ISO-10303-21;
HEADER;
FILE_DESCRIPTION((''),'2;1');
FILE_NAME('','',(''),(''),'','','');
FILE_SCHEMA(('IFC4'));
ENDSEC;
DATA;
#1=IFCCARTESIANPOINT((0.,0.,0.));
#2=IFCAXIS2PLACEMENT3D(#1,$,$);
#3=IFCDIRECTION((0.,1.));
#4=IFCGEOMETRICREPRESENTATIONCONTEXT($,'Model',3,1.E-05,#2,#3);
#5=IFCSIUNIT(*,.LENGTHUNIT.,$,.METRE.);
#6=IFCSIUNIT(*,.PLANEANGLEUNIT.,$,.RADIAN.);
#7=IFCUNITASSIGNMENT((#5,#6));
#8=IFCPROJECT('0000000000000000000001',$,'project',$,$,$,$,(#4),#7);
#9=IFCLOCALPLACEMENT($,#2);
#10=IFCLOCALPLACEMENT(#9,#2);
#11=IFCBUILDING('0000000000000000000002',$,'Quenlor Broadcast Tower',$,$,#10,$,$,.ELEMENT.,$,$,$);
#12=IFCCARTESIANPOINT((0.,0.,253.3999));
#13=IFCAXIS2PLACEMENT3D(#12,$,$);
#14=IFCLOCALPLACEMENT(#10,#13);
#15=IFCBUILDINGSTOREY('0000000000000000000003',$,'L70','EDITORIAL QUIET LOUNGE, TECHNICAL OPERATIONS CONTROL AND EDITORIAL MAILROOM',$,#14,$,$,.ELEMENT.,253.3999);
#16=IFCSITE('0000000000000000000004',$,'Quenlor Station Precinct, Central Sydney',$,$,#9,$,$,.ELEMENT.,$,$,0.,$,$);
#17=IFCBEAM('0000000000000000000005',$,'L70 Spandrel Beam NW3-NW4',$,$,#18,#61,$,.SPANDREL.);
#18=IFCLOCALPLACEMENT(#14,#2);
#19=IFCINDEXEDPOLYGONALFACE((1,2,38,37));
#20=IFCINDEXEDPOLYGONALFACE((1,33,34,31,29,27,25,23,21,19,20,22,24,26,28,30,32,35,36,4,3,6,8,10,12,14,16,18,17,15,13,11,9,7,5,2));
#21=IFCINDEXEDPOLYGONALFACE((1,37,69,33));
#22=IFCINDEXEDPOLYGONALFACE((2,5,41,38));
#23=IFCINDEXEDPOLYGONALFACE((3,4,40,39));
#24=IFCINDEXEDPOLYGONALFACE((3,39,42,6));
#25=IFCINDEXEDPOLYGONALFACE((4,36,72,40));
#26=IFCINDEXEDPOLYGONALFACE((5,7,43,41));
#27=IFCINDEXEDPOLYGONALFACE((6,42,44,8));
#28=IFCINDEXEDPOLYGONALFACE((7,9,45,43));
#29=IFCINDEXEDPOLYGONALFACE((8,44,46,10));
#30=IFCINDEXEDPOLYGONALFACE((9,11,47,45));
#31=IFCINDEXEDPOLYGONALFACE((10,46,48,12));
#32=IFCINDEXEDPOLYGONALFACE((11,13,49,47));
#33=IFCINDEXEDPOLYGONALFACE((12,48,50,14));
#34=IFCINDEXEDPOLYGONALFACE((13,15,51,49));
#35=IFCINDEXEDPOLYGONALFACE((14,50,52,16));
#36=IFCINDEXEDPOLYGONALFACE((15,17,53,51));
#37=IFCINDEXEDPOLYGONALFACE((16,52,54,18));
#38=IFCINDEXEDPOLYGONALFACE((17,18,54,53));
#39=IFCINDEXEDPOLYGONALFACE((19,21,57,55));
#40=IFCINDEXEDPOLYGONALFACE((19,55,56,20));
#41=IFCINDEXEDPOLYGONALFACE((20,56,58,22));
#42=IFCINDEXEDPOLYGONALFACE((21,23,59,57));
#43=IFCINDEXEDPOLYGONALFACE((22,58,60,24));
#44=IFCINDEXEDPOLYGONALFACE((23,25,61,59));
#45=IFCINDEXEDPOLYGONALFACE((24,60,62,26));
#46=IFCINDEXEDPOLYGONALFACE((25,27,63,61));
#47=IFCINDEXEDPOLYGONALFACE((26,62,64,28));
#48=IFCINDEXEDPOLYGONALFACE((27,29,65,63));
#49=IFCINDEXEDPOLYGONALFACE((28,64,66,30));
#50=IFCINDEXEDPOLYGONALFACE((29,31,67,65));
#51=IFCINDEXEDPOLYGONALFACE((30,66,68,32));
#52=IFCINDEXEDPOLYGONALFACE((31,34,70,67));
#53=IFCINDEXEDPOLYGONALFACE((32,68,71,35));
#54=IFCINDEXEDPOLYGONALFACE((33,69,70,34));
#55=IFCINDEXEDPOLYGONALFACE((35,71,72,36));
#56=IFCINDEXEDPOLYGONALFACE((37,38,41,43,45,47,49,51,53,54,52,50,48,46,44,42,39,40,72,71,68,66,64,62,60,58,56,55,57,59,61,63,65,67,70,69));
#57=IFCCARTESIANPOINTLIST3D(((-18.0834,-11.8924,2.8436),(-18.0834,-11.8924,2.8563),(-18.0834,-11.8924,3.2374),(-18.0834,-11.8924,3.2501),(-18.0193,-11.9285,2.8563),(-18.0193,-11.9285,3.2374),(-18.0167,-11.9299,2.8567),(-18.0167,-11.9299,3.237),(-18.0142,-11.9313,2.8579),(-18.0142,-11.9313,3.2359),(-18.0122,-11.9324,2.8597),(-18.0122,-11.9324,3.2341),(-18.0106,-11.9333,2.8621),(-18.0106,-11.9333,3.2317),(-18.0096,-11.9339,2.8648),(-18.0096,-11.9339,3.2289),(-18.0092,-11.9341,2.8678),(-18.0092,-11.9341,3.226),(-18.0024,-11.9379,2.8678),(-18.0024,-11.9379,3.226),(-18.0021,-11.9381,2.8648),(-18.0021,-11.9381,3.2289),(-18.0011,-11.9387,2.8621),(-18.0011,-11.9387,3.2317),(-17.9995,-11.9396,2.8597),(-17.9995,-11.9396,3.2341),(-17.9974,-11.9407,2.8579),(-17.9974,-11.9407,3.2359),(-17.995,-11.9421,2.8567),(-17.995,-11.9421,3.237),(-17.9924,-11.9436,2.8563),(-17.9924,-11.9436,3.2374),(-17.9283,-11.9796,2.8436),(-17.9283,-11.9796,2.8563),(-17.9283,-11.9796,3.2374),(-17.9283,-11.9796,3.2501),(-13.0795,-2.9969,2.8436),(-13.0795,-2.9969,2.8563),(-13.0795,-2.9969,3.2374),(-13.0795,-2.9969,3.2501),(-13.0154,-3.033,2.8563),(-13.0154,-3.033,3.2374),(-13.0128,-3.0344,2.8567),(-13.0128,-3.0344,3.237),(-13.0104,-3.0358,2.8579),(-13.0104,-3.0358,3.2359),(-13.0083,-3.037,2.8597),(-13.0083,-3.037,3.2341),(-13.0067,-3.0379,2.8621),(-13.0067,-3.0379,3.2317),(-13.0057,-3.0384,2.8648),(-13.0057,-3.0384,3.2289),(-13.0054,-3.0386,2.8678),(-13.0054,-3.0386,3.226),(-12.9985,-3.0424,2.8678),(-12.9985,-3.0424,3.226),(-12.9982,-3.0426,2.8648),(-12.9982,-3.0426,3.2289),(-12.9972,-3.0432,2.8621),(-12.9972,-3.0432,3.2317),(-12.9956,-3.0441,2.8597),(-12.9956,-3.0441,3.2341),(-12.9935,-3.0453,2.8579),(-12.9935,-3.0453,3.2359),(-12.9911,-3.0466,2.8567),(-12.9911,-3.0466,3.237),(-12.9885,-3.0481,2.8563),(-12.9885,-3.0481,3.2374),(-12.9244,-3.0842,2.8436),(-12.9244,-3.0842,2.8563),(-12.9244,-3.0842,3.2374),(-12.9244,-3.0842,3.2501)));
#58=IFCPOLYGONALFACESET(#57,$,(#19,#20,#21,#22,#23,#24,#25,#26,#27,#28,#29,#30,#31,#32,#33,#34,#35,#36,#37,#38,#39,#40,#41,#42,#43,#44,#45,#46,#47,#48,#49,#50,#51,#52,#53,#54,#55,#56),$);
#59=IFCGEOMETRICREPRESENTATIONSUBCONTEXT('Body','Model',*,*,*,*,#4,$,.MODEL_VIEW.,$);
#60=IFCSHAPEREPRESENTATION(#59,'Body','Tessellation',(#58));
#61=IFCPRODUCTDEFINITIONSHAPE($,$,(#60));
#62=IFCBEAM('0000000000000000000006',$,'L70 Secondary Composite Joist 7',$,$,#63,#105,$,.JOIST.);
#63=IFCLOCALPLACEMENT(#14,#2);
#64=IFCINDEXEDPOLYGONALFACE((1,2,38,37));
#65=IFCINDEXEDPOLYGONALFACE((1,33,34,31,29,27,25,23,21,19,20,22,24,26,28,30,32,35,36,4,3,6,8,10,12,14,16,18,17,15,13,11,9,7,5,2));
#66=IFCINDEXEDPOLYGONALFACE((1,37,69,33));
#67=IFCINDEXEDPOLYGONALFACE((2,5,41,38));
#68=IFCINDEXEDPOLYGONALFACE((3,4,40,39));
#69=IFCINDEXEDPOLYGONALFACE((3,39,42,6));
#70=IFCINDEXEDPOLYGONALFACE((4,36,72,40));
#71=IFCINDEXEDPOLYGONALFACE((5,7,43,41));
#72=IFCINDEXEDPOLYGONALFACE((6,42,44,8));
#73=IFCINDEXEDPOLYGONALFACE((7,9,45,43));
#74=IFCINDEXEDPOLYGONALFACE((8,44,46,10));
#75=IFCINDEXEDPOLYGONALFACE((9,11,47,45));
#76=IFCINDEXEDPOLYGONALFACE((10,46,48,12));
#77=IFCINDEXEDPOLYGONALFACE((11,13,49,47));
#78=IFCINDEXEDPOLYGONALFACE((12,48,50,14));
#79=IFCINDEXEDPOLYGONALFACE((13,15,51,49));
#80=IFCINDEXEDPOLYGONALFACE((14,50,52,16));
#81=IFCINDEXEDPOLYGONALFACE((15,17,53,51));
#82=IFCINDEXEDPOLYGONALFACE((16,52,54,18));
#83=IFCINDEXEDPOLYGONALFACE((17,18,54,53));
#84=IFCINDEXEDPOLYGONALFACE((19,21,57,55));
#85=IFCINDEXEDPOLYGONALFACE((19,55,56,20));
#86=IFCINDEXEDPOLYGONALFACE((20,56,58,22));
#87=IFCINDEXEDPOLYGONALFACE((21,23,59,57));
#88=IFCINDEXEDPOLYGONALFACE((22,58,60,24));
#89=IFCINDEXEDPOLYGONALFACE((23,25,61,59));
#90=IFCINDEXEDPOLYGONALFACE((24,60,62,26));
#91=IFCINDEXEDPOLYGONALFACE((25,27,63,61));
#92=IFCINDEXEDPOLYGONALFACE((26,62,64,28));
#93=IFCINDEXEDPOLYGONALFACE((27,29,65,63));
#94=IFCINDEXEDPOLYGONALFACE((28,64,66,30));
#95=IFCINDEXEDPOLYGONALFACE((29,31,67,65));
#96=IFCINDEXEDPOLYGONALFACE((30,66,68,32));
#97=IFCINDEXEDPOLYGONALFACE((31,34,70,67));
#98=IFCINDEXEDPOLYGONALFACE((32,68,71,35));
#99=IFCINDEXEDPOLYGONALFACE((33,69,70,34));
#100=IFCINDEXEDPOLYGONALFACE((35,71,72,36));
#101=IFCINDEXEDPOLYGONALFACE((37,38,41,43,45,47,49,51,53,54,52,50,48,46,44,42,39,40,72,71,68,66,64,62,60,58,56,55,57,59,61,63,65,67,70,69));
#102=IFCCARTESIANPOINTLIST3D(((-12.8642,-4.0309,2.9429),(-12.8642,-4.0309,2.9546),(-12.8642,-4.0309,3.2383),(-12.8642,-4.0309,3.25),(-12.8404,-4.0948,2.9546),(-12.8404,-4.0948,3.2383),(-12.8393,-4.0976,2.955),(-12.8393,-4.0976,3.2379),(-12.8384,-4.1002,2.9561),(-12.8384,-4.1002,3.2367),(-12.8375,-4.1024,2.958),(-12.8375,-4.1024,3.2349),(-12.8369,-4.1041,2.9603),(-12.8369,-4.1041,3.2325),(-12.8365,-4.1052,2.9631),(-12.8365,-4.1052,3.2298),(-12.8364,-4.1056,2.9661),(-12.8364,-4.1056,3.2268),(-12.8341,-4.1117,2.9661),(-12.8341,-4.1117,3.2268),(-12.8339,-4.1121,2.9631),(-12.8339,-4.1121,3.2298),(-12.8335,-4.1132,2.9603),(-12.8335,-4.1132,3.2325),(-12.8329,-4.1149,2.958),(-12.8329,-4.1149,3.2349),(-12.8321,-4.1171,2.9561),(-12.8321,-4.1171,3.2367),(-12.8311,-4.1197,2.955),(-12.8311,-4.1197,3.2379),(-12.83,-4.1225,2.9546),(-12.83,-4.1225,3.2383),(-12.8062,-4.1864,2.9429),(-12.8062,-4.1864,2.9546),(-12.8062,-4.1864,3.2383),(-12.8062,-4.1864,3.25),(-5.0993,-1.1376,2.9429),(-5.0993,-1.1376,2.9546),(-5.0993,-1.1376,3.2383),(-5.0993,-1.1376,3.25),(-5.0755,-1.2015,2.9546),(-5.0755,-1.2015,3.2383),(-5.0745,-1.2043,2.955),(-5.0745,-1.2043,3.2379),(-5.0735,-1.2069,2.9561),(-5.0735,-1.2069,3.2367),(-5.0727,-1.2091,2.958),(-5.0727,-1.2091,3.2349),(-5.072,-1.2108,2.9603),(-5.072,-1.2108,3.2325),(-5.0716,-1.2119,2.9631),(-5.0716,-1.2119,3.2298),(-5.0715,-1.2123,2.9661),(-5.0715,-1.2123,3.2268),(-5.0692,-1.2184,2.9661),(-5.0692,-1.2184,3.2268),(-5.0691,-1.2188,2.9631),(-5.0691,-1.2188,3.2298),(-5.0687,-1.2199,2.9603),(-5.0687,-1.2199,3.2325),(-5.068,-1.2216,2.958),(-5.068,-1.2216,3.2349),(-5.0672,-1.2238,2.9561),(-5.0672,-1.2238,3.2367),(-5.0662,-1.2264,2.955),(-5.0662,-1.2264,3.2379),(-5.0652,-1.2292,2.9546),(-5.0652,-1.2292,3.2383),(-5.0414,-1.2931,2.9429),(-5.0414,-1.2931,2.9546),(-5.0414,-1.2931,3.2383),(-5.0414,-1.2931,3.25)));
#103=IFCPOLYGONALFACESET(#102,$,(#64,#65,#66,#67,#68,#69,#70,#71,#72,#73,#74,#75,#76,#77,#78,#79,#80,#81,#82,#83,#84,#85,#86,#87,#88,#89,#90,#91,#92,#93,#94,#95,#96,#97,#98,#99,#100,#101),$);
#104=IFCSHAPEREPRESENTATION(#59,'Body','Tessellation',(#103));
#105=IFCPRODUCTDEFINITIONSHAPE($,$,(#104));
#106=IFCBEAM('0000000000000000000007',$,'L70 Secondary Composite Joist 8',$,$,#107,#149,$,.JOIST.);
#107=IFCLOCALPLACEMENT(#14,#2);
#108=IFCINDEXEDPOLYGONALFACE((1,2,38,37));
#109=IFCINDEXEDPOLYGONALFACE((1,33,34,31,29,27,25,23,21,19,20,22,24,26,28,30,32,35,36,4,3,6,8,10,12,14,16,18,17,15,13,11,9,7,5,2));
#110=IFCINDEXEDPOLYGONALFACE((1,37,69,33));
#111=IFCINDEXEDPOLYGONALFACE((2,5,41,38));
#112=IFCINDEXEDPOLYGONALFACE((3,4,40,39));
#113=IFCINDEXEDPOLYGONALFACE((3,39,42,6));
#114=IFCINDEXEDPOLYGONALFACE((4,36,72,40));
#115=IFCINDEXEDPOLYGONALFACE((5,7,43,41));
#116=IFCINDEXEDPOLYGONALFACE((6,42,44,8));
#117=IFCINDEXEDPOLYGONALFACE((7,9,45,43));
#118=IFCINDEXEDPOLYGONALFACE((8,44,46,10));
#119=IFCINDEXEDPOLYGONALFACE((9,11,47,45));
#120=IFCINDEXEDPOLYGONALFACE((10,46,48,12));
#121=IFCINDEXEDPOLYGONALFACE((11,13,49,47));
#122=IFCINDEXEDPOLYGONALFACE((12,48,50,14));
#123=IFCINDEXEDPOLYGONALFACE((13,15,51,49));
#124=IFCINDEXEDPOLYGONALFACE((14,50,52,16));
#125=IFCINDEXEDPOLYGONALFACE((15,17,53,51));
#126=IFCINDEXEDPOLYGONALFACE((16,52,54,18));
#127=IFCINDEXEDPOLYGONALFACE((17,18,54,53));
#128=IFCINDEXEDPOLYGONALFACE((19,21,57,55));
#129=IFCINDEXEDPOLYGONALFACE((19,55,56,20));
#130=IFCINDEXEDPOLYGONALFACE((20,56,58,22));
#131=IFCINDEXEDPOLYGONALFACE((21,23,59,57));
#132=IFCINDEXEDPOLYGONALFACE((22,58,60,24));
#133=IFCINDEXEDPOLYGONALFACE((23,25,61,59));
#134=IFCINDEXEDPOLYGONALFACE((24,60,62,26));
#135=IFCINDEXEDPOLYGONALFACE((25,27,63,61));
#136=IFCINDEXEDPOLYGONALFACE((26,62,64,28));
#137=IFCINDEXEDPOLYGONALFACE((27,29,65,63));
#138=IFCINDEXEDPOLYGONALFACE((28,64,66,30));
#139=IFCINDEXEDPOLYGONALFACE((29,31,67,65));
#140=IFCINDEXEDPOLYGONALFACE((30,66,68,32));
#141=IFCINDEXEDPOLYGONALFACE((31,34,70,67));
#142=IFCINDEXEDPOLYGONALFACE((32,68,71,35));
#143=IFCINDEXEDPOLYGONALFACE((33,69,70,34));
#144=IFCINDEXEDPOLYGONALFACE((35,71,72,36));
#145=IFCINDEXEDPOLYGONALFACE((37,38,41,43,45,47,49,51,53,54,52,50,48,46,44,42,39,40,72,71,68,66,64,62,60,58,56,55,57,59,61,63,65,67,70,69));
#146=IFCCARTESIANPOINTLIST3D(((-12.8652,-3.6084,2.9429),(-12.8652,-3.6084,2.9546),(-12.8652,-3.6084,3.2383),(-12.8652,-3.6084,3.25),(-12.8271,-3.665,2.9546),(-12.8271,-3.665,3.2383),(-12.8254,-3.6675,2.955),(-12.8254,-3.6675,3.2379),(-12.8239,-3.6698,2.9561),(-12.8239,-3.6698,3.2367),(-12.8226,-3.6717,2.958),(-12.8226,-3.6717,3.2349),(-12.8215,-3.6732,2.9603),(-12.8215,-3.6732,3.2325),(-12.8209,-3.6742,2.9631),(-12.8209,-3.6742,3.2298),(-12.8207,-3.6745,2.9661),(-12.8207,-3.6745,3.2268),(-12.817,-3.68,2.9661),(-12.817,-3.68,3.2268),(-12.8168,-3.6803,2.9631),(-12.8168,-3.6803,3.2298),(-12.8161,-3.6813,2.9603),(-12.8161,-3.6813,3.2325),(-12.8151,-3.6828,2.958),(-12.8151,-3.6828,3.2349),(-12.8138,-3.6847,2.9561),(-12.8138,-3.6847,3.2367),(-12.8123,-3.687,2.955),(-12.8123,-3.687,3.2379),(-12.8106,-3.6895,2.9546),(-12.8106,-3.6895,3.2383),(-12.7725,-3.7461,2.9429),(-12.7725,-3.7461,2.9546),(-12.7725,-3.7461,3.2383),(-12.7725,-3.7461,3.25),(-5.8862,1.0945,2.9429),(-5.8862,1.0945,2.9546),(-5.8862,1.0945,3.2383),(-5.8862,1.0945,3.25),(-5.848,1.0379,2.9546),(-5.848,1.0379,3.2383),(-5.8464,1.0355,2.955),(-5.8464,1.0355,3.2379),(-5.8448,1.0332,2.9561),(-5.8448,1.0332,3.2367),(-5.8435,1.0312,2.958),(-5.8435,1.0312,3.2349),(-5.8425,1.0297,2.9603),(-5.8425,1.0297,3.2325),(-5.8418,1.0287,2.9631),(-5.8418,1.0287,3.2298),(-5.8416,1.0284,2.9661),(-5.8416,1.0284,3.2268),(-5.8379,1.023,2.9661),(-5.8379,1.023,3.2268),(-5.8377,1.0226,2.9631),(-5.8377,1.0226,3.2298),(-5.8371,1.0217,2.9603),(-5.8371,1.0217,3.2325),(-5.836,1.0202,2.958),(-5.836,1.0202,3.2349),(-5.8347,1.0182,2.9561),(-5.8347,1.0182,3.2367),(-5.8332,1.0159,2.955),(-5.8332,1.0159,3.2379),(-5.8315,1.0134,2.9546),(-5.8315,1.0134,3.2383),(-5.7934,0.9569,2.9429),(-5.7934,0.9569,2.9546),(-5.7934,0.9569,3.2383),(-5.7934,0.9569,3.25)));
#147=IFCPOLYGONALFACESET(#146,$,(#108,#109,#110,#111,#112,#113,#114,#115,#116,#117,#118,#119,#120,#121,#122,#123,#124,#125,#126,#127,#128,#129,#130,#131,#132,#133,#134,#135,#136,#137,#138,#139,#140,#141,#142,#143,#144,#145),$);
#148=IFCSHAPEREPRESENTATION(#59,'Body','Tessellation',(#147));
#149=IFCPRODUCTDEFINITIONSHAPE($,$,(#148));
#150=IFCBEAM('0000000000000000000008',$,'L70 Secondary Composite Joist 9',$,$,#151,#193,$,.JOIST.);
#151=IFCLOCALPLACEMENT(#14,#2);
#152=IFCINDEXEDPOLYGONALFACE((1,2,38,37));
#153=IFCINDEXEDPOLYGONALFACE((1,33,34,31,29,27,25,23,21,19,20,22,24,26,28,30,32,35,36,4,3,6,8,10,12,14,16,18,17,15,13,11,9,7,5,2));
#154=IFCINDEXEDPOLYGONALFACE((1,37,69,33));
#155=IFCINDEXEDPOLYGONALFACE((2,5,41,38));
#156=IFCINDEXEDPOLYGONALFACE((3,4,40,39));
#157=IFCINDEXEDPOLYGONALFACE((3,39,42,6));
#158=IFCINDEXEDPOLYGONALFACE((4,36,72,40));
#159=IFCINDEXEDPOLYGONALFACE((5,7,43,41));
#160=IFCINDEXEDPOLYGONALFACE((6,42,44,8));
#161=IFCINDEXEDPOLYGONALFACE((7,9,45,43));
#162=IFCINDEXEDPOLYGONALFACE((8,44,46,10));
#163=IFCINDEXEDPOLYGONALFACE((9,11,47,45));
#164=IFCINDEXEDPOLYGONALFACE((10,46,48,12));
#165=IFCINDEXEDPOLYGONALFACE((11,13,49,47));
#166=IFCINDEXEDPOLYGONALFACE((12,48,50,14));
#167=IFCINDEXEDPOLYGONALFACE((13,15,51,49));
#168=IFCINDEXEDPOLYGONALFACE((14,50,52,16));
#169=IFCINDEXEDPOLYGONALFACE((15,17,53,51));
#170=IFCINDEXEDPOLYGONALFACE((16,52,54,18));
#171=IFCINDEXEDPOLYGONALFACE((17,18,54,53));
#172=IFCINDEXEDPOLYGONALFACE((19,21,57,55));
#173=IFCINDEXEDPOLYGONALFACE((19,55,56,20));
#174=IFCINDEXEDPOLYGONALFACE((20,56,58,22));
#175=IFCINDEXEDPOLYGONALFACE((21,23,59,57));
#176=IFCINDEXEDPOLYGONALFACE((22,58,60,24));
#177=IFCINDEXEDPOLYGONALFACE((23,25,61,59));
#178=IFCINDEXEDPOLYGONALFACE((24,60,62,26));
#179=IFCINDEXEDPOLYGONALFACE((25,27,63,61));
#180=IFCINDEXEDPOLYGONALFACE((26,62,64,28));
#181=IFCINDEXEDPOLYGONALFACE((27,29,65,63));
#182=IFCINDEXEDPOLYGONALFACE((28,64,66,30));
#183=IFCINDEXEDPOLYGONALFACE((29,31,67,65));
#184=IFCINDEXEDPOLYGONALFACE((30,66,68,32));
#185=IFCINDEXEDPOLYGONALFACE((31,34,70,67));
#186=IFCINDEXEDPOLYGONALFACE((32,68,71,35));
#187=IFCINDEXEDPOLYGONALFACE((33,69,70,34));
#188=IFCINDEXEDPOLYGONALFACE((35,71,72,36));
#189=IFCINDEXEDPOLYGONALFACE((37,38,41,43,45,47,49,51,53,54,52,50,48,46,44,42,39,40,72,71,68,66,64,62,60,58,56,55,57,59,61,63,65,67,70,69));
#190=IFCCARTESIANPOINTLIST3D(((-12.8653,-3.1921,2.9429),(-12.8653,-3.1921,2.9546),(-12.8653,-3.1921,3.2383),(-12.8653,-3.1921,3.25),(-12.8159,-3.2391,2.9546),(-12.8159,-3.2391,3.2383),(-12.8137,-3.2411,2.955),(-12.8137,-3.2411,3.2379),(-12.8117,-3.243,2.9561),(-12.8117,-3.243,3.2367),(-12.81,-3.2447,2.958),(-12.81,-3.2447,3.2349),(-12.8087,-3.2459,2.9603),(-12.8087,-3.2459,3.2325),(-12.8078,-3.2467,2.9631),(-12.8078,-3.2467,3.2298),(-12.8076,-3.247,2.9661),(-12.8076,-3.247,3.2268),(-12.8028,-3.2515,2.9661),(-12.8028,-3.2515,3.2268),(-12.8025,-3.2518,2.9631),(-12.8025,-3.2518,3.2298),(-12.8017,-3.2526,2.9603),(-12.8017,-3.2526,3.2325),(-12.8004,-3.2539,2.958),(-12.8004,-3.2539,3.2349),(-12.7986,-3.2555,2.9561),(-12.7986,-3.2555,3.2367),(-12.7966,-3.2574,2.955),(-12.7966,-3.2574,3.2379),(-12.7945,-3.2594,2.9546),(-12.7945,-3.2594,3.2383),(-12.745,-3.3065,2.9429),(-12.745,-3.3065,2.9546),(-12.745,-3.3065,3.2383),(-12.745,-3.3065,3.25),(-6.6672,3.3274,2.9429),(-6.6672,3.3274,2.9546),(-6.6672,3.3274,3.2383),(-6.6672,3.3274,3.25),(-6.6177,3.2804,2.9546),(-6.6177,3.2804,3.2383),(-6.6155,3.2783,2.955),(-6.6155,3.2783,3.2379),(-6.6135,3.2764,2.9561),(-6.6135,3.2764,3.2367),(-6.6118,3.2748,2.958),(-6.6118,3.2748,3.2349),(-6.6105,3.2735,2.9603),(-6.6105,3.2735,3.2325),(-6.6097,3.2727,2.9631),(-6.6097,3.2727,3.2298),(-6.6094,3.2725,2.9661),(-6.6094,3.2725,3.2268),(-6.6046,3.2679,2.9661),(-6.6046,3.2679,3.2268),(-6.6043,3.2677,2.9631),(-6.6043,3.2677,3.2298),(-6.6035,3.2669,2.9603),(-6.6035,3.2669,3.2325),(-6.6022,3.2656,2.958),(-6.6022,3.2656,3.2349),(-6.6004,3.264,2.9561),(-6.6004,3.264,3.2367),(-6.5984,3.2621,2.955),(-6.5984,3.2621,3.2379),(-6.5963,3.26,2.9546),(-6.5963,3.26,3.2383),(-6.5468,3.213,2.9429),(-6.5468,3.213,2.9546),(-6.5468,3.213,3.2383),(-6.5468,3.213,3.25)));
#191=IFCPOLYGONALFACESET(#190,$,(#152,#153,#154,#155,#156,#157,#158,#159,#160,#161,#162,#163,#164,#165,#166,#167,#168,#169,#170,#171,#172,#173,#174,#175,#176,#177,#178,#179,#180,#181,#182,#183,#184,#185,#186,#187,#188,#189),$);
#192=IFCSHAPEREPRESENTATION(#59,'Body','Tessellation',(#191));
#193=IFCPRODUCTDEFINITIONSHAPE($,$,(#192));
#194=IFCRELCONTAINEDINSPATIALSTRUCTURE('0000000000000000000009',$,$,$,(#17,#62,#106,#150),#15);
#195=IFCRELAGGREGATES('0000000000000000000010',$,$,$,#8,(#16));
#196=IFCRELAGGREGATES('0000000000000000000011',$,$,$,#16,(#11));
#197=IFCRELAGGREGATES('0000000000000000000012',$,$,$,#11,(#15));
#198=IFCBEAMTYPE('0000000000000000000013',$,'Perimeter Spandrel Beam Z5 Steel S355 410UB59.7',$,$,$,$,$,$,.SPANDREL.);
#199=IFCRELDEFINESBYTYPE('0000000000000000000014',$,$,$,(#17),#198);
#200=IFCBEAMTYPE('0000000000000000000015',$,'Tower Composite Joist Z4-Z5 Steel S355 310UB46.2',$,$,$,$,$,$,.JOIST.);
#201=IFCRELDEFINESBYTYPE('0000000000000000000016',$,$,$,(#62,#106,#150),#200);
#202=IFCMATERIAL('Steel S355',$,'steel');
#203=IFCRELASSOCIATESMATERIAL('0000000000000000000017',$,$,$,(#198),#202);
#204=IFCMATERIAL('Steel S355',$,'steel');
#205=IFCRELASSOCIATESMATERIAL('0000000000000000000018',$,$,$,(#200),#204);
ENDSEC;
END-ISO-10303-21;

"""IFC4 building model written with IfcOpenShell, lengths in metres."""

from ifc_helpers import new_model, si_unit, direction, frame, origin, origin_2d, place, context, subcontext, project, spatial, i_section, extrude, material, material_profile, profile_set, type_object, element, save


model = new_model("IFC4")

# Units and contexts
model_context = context("Model", 3, precision=1e-05, world=origin(), true_north=direction((0.0, 1.0)))
body_context = subcontext(model_context, "Body", "Model", "MODEL_VIEW")
ifc_project = project(units=[si_unit("LENGTHUNIT", "METRE"), si_unit("PLANEANGLEUNIT", "RADIAN")], contexts=[model_context])

# Site, building, storey
site_placement = place(None, origin())
site = spatial("IfcSite", under=ifc_project, at=site_placement, Name="Quenlor Station Precinct, Central Sydney", CompositionType="ELEMENT", RefElevation=0.0)
building_placement = place(site_placement, origin())
building = spatial("IfcBuilding", under=site, at=building_placement, Name="Quenlor Broadcast Tower", CompositionType="ELEMENT")
storey_placement = place(building_placement, frame((0.0, 0.0, 253.3999)))
storey = spatial("IfcBuildingStorey", under=building, at=storey_placement, Name="L70", Description="EDITORIAL QUIET LOUNGE, TECHNICAL OPERATIONS CONTROL AND EDITORIAL MAILROOM", CompositionType="ELEMENT", Elevation=253.3999)

# Beams
ifc_material_1 = material(Name="Steel S355", Category="steel")
ifc_material_profile_1 = material_profile(ifc_material_1, i_section(OverallWidth=0.178, OverallDepth=0.4065, WebThickness=0.0078, FlangeThickness=0.0127, FilletRadius=0.0115, at=origin_2d()))
ifc_profile_set_1 = profile_set([ifc_material_profile_1], Name="Steel S355 410UB59.7")
beam_type_1 = type_object("IfcBeamType", Name="Perimeter Spandrel Beam Z5 Steel S355 410UB59.7", PredefinedType="SPANDREL", material=ifc_profile_set_1)
beam_1_placement = place(storey_placement, frame((-13.002, -3.0405, 3.0469), z_axis=(-0.490275, -0.871568, 0.0), x_axis=(0.871568, -0.490275, 0.0)))
element("IfcBeam", 1, at=beam_1_placement, inside=storey, type_object=beam_type_1, Name="L70 Spandrel Beam NW3-NW4", PredefinedType="SPANDREL", context=body_context, shape_type="SweptSolid", body=[
    extrude(i_section(OverallWidth=0.178, OverallDepth=0.4065, WebThickness=0.0078, FlangeThickness=0.0127, FilletRadius=0.0115, at=origin_2d()), origin(), (0.0, 0.0, 1.0), 10.2063),
])
ifc_material_2 = material(Name="Steel S355", Category="steel")
ifc_material_profile_2 = material_profile(ifc_material_2, i_section(OverallWidth=0.166, OverallDepth=0.3071, WebThickness=0.0066, FlangeThickness=0.0117, FilletRadius=0.0115, at=origin_2d()))
ifc_profile_set_2 = profile_set([ifc_material_profile_2], Name="Steel S355 310UB46.2")
beam_type_2 = type_object("IfcBeamType", Name="Tower Composite Joist Z4-Z5 Steel S355 310UB46.2", PredefinedType="JOIST", material=ifc_profile_set_2)
beam_2_placement = place(storey_placement, frame((-12.8352, -4.1086, 3.0964), z_axis=(0.937062, 0.349163, 0.0), x_axis=(-0.349163, 0.937062, 0.0)))
element("IfcBeam", 2, at=beam_2_placement, inside=storey, type_object=beam_type_2, Name="L70 Secondary Composite Joist 7", PredefinedType="JOIST", context=body_context, shape_type="SweptSolid", body=[
    extrude(i_section(OverallWidth=0.166, OverallDepth=0.3071, WebThickness=0.0066, FlangeThickness=0.0117, FilletRadius=0.0115, at=origin_2d()), origin(), (0.0, 0.0, 1.0), 8.2864),
])
beam_3_placement = place(storey_placement, frame((-12.8188, -3.6772, 3.0964), z_axis=(0.829286, 0.558824, 0.0), x_axis=(-0.558824, 0.829286, 0.0)))
element("IfcBeam", 3, at=beam_3_placement, inside=storey, type_object=beam_type_2, Name="L70 Secondary Composite Joist 8", PredefinedType="JOIST", context=body_context, shape_type="SweptSolid", body=[
    extrude(i_section(OverallWidth=0.166, OverallDepth=0.3071, WebThickness=0.0066, FlangeThickness=0.0117, FilletRadius=0.0115, at=origin_2d()), origin(), (0.0, 0.0, 1.0), 8.4158),
])
beam_4_placement = place(storey_placement, frame((-12.8052, -3.2493, 3.0964), z_axis=(0.689023, 0.724739, 0.0), x_axis=(-0.724739, 0.689023, 0.0)))
element("IfcBeam", 4, at=beam_4_placement, inside=storey, type_object=beam_type_2, Name="L70 Secondary Composite Joist 9", PredefinedType="JOIST", context=body_context, shape_type="SweptSolid", body=[
    extrude(i_section(OverallWidth=0.166, OverallDepth=0.3071, WebThickness=0.0066, FlangeThickness=0.0117, FilletRadius=0.0115, at=origin_2d()), origin(), (0.0, 0.0, 1.0), 8.9956),
])

save(model, "model.ifc")
